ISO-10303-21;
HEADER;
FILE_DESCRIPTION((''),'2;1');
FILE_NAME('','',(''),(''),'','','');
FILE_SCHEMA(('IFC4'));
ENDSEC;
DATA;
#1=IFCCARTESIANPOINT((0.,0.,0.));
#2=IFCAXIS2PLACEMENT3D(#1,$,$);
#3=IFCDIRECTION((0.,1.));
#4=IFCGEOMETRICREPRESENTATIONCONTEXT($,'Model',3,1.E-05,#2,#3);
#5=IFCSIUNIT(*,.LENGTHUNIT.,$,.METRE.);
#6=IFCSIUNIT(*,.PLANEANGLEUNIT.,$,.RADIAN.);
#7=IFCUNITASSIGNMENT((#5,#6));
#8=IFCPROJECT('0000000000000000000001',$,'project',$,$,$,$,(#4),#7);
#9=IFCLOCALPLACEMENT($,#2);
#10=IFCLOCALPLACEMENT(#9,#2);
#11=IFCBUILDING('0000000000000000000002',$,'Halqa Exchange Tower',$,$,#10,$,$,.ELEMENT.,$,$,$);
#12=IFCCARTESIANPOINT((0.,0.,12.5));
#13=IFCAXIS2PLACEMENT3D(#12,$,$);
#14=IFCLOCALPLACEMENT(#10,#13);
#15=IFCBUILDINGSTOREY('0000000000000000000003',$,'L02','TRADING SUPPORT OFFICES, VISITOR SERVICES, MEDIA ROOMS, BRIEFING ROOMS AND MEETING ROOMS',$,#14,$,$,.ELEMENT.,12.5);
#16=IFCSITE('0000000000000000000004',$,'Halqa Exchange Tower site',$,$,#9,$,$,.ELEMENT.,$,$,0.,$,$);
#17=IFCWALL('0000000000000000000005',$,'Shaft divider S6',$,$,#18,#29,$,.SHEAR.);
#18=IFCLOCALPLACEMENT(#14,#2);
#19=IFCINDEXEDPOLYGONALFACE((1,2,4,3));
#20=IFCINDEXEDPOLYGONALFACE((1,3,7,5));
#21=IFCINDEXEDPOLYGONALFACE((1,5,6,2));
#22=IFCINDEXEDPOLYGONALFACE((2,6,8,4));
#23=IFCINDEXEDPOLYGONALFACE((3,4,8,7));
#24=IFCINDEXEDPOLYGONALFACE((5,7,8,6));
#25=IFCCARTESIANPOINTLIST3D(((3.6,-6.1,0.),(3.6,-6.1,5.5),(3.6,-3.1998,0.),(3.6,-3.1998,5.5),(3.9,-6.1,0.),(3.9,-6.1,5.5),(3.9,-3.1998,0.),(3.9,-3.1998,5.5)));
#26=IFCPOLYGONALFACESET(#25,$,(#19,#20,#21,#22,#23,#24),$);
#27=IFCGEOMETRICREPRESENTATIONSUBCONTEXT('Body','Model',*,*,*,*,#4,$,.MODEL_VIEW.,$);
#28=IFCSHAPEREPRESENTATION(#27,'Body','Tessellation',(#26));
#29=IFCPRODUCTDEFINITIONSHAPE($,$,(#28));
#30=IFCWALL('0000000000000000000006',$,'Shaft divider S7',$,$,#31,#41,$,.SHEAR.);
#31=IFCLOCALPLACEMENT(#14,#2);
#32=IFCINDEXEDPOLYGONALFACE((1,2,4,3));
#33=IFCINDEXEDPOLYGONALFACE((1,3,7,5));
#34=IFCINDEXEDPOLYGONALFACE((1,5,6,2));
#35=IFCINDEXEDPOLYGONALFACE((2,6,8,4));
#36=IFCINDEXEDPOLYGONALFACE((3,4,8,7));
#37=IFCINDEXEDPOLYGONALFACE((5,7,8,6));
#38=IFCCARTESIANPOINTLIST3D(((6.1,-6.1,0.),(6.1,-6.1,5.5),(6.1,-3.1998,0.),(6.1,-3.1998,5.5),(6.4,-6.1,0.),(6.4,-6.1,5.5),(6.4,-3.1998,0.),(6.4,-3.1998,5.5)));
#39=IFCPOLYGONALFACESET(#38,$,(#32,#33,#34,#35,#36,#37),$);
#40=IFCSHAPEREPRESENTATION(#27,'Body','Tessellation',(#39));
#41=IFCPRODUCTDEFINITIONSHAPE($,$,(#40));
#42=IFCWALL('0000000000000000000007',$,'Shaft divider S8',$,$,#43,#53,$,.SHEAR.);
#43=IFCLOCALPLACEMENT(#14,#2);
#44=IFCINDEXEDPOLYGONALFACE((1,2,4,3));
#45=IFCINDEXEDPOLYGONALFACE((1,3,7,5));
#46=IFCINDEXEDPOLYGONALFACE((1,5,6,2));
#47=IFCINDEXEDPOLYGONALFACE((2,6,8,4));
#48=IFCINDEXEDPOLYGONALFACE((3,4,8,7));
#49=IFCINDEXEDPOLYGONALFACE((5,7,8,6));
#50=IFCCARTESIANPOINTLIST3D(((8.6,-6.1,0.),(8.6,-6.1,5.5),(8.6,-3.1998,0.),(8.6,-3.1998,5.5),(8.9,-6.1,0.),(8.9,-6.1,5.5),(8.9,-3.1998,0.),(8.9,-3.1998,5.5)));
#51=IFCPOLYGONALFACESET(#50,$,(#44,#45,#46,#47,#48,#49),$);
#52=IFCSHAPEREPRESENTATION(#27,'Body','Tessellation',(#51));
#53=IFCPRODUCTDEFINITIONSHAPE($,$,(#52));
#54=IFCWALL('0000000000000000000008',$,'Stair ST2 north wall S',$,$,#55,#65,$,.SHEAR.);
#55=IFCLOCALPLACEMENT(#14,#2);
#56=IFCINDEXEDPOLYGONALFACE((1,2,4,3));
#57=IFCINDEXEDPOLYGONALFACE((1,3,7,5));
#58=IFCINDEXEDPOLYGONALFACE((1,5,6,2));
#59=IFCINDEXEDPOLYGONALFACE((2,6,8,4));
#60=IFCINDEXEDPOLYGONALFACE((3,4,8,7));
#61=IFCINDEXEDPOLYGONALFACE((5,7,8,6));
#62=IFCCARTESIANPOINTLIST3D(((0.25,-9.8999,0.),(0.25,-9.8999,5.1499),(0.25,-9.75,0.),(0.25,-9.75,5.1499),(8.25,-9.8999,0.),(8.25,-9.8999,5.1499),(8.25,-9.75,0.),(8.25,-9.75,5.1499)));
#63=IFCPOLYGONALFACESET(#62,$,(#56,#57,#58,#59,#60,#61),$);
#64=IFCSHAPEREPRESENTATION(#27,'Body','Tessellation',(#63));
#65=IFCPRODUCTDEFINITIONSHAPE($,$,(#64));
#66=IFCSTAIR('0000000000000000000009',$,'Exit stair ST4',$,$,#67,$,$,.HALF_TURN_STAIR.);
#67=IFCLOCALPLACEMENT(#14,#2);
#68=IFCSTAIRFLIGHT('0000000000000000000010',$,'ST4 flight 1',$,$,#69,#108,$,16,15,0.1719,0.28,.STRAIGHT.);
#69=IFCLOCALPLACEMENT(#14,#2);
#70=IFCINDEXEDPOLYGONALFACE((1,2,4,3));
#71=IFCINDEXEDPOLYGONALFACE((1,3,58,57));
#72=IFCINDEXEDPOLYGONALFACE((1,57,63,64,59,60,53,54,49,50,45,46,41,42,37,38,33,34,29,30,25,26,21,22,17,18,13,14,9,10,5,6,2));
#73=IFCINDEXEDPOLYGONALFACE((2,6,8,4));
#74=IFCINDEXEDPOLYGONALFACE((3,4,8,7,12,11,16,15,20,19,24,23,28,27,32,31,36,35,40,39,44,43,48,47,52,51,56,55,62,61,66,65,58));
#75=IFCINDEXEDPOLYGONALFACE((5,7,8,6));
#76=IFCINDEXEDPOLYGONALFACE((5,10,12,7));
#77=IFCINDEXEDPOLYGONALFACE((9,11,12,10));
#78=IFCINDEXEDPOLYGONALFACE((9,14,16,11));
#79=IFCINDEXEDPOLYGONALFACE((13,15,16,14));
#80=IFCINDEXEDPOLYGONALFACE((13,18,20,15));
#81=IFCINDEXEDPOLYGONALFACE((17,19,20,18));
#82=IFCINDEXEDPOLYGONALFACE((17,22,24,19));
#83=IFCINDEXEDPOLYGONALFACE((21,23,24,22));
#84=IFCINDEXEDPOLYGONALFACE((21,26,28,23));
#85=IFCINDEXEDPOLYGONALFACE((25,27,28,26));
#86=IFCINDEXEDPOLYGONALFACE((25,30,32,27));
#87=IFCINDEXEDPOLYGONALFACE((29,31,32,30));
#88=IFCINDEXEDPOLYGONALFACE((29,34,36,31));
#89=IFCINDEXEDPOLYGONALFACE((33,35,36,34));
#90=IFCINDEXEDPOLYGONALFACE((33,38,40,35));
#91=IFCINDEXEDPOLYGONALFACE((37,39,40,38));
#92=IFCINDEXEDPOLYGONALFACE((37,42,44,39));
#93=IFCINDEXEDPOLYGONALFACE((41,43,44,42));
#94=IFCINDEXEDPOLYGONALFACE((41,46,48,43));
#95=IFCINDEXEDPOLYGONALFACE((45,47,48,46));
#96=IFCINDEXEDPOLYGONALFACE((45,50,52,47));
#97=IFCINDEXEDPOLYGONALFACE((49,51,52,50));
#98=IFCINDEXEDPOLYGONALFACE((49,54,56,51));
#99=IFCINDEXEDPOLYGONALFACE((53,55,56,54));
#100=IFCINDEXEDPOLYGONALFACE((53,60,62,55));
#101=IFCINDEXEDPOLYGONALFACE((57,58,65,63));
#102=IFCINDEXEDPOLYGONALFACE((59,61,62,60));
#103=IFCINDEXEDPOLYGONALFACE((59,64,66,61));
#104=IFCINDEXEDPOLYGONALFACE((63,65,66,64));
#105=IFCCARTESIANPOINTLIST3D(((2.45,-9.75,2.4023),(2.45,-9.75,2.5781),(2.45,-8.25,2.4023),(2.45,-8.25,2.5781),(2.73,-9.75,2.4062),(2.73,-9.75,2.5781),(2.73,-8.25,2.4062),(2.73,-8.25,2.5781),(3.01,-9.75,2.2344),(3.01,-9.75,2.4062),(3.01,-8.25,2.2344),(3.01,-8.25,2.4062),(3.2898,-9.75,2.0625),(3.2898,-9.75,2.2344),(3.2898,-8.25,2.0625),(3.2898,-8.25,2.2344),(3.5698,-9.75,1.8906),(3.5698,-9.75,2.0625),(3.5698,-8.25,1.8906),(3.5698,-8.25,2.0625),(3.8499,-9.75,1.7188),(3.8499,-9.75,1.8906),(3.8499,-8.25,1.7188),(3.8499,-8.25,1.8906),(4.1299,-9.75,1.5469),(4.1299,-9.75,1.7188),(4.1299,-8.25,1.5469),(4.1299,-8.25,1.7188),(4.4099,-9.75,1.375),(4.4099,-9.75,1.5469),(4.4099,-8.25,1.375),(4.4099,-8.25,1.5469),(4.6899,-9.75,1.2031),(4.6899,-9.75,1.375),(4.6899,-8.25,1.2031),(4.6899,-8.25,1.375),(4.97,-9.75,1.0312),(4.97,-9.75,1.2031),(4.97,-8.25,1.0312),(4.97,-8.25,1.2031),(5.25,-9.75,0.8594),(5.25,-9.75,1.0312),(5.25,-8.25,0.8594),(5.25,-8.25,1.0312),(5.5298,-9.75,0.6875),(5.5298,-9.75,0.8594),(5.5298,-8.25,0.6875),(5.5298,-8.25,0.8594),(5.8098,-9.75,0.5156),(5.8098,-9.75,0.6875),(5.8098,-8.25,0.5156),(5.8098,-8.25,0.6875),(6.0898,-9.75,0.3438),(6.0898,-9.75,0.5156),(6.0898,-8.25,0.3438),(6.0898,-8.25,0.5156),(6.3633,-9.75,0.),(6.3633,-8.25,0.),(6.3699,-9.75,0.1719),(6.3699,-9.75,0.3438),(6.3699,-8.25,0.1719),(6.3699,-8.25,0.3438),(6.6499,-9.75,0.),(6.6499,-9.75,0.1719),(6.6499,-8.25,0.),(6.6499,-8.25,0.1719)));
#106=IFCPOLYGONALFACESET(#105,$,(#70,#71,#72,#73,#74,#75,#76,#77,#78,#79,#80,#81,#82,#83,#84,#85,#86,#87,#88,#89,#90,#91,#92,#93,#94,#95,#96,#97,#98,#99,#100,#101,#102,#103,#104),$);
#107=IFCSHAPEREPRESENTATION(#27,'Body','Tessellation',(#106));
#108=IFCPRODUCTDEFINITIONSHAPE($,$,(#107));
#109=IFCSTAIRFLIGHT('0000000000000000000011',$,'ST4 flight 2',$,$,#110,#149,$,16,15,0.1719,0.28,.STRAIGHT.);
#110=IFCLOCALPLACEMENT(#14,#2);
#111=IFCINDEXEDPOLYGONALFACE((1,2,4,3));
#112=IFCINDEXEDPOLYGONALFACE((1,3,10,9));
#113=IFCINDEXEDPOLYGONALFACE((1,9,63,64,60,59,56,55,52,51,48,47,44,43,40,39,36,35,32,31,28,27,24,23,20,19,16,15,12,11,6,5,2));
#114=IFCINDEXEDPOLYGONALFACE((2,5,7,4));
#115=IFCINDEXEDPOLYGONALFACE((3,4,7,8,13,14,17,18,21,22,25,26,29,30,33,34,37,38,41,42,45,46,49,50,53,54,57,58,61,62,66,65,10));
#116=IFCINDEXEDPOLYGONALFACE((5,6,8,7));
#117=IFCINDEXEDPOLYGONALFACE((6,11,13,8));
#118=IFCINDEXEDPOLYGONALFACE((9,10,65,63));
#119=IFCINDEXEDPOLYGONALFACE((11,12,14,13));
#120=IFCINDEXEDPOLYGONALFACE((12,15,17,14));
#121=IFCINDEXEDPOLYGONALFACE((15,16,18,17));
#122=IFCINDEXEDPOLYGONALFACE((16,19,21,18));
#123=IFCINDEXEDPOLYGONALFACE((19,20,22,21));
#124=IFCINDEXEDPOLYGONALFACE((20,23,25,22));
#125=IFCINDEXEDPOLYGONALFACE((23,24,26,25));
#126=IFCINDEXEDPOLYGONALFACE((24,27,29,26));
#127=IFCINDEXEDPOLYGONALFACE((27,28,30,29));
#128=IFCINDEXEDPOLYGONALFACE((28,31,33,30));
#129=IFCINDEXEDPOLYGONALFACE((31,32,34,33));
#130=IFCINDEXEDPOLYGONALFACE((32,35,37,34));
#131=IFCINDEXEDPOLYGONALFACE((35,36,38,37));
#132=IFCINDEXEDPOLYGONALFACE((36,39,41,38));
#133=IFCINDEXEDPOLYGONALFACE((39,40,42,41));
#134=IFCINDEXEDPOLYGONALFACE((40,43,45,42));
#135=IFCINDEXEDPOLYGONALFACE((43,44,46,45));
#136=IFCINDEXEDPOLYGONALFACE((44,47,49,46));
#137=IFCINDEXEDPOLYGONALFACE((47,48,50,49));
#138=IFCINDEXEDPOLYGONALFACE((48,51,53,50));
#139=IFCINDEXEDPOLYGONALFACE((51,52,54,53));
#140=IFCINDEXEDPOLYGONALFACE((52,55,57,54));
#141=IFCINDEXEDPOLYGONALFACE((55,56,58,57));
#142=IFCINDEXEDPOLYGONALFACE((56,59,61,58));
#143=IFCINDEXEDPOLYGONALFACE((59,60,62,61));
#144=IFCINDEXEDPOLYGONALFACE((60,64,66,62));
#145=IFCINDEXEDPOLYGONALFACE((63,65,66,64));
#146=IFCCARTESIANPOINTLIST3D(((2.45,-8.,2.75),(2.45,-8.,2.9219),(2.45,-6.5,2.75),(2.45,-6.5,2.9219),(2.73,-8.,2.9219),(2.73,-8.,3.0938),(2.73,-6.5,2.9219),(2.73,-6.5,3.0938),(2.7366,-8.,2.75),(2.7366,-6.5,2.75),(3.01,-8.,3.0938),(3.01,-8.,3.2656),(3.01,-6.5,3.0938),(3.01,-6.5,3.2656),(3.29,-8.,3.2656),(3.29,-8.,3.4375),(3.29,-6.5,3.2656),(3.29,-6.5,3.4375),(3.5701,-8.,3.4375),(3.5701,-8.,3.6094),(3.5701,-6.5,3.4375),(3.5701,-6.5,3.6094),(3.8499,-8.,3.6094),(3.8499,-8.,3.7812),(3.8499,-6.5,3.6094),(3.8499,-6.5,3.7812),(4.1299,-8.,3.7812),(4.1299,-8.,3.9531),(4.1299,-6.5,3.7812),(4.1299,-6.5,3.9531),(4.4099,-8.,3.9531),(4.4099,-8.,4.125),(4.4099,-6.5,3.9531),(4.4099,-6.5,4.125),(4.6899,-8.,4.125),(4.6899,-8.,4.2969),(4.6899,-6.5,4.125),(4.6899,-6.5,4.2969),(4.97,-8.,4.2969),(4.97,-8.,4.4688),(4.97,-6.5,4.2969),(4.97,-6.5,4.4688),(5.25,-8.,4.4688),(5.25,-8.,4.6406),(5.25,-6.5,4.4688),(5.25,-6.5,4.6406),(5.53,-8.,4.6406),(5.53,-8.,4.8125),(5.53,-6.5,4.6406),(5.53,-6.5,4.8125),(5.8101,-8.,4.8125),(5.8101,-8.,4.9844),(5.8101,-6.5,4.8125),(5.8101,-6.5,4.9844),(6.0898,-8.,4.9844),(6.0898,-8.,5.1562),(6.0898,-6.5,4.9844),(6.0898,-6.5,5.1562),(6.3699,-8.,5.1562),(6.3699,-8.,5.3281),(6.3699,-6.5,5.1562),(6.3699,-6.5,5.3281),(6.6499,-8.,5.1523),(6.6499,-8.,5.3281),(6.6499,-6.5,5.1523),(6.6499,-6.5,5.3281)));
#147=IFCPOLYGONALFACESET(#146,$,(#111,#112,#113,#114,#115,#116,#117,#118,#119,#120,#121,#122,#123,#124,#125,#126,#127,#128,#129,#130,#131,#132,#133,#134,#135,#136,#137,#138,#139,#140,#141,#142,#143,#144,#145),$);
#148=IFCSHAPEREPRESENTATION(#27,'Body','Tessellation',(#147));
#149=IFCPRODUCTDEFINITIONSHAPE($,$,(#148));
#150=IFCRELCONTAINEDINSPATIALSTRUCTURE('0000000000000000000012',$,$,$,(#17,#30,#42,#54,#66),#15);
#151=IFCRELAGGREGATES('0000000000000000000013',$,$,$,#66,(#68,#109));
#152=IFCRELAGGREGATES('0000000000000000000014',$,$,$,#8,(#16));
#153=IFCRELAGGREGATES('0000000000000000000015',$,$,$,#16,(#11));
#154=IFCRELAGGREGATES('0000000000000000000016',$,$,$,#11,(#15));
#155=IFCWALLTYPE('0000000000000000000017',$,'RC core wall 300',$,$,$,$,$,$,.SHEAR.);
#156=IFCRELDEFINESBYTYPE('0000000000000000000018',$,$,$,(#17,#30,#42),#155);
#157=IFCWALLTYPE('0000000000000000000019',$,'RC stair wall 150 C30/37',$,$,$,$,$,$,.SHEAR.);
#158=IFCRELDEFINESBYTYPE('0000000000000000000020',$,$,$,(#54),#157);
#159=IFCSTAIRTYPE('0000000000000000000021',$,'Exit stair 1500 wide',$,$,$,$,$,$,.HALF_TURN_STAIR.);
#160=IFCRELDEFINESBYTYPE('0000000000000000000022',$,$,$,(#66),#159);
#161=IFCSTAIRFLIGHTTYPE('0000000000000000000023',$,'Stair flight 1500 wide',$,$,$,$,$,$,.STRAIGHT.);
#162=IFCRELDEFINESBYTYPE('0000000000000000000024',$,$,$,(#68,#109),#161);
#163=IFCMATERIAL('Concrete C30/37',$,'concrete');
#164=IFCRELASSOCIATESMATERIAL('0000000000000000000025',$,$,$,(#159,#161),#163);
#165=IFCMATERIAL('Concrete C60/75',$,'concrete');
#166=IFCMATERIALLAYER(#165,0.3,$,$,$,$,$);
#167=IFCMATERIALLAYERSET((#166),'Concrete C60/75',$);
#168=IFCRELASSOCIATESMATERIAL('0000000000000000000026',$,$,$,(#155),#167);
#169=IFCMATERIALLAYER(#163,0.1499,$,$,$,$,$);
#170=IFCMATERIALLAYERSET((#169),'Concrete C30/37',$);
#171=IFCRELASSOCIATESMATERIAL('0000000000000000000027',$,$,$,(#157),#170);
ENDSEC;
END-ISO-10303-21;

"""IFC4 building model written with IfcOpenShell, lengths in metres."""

from ifc_helpers import new_model, si_unit, direction, frame, frame_2d, origin, place, context, subcontext, project, spatial, polyline, rectangle, outline, extrude, material, layer, layer_set, type_object, element, aggregate, save


model = new_model("IFC4")

# Units and contexts
model_context = context("Model", 3, precision=1e-05, world=origin(), true_north=direction((0.0, 1.0)))
body_context = subcontext(model_context, "Body", "Model", "MODEL_VIEW")
ifc_project = project(units=[si_unit("LENGTHUNIT", "METRE"), si_unit("PLANEANGLEUNIT", "RADIAN")], contexts=[model_context])

# Site, building, storey
site_placement = place(None, origin())
site = spatial("IfcSite", under=ifc_project, at=site_placement, Name="Halqa Exchange Tower site", CompositionType="ELEMENT", RefElevation=0.0)
building_placement = place(site_placement, origin())
building = spatial("IfcBuilding", under=site, at=building_placement, Name="Halqa Exchange Tower", CompositionType="ELEMENT")
storey_placement = place(building_placement, frame((0.0, 0.0, 12.5)))
storey = spatial("IfcBuildingStorey", under=building, at=storey_placement, Name="L02", Description="TRADING SUPPORT OFFICES, VISITOR SERVICES, MEDIA ROOMS, BRIEFING ROOMS AND MEETING ROOMS", CompositionType="ELEMENT", Elevation=12.5)

# Shared definitions
ifc_material_1 = material(Name="Concrete C60/75", Category="concrete")

# Shared definitions
ifc_material_2 = material(Name="Concrete C30/37", Category="concrete")
stair_type = type_object("IfcStairType", Name="Exit stair 1500 wide", PredefinedType="HALF_TURN_STAIR", material=ifc_material_2)

# Walls
ifc_layer_1 = layer(ifc_material_1, 0.3)
ifc_layer_set_1 = layer_set([ifc_layer_1], Name="Concrete C60/75")
wall_type_1 = type_object("IfcWallType", Name="RC core wall 300", PredefinedType="SHEAR", material=ifc_layer_set_1)
for number, where, z_axis, x_axis, name in (
    (1, (3.75, -6.1001, 0.0), (0.0, 0.0, 1.0), (0.0, 1.0, 0.0), "Shaft divider S6"),
    (2, (6.25, -6.1001, 0.0), (0.0, 0.0, 1.0), (0.0, 1.0, 0.0), "Shaft divider S7"),
    (3, (8.75, -6.1001, 0.0), (0.0, 0.0, 1.0), (0.0, 1.0, 0.0), "Shaft divider S8"),
):
    element("IfcWall", number, at=place(storey_placement, frame(where, z_axis=z_axis, x_axis=x_axis)), inside=storey, type_object=wall_type_1, Name=name, PredefinedType="SHEAR", context=body_context, shape_type="SweptSolid", body=[
        extrude(rectangle(XDim=2.9001, YDim=0.3, at=frame_2d((1.4502, 0.0))), origin(), (0.0, 0.0, 1.0), 5.5),
    ])
ifc_layer_2 = layer(ifc_material_2, 0.1499)
ifc_layer_set_2 = layer_set([ifc_layer_2], Name="Concrete C30/37")
wall_type_2 = type_object("IfcWallType", Name="RC stair wall 150 C30/37", PredefinedType="SHEAR", material=ifc_layer_set_2)
wall_1_placement = place(storey_placement, frame((0.25, -9.825, 0.0), z_axis=(0.0, 0.0, 1.0), x_axis=(1.0, 0.0, 0.0)))
element("IfcWall", 4, at=wall_1_placement, inside=storey, type_object=wall_type_2, Name="Stair ST2 north wall S", PredefinedType="SHEAR", context=body_context, shape_type="SweptSolid", body=[
    extrude(rectangle(XDim=8.0, YDim=0.1499, at=frame_2d((4.0, 0.0))), origin(), (0.0, 0.0, 1.0), 5.1499),
])

# Stair, stair flights
stair_1_placement = place(storey_placement, origin())
stair_1 = element("IfcStair", 5, at=stair_1_placement, inside=storey, type_object=stair_type, Name="Exit stair ST4", PredefinedType="HALF_TURN_STAIR")
stair_flight_type = type_object("IfcStairFlightType", Name="Stair flight 1500 wide", PredefinedType="STRAIGHT", material=ifc_material_2)
stair_flight_1_placement = place(storey_placement, frame((6.6499, -9.0, 0.0), z_axis=(0.0, 0.0, 1.0), x_axis=(-1.0, 0.0, 0.0)))
stair_flight_1 = element("IfcStairFlight", 6, at=stair_flight_1_placement, type_object=stair_flight_type, Name="ST4 flight 1", NumberOfRisers=16, NumberOfTreads=15, PredefinedType="STRAIGHT", RiserHeight=0.1719, TreadLength=0.28, context=body_context, shape_type="SweptSolid", body=[
    extrude(outline(polyline([(0.0, 0.0), (0.0, 0.1719), (0.28, 0.1719), (0.28, 0.3438), (0.5601, 0.3438), (0.5601, 0.5156), (0.8401, 0.5156), (0.8401, 0.6875), (1.1201, 0.6875), (1.1201, 0.8594), (1.3999, 0.8594), (1.3999, 1.0312), (1.6799, 1.0312), (1.6799, 1.2031), (1.96, 1.2031), (1.96, 1.375), (2.24, 1.375), (2.24, 1.5469), (2.52, 1.5469), (2.52, 1.7188), (2.8, 1.7188), (2.8, 1.8906), (3.0801, 1.8906), (3.0801, 2.0625), (3.3601, 2.0625), (3.3601, 2.2344), (3.6399, 2.2344), (3.6399, 2.4062), (3.9199, 2.4062), (3.9199, 2.5781), (4.2, 2.5781), (4.2, 2.75), (4.2, 2.4023), (0.2866, 0.0), (0.0, 0.0)])), frame((0.0, 0.75, 0.0), z_axis=(0.0, -1.0, 0.0), x_axis=(1.0, 0.0, 0.0)), (0.0, 0.0, 1.0), 1.5),
])
stair_flight_2_placement = place(storey_placement, frame((2.45, -7.25, 2.75), z_axis=(0.0, 0.0, 1.0), x_axis=(1.0, 0.0, 0.0)))
stair_flight_2 = element("IfcStairFlight", 7, at=stair_flight_2_placement, type_object=stair_flight_type, Name="ST4 flight 2", NumberOfRisers=16, NumberOfTreads=15, PredefinedType="STRAIGHT", RiserHeight=0.1719, TreadLength=0.28, context=body_context, shape_type="SweptSolid", body=[
    extrude(outline(polyline([(0.0, 0.0), (0.0, 0.1719), (0.28, 0.1719), (0.28, 0.3438), (0.5601, 0.3438), (0.5601, 0.5156), (0.8401, 0.5156), (0.8401, 0.6875), (1.1201, 0.6875), (1.1201, 0.8594), (1.3999, 0.8594), (1.3999, 1.0312), (1.6799, 1.0312), (1.6799, 1.2031), (1.96, 1.2031), (1.96, 1.375), (2.24, 1.375), (2.24, 1.5469), (2.52, 1.5469), (2.52, 1.7188), (2.8, 1.7188), (2.8, 1.8906), (3.0801, 1.8906), (3.0801, 2.0625), (3.3601, 2.0625), (3.3601, 2.2344), (3.6399, 2.2344), (3.6399, 2.4062), (3.9199, 2.4062), (3.9199, 2.5781), (4.2, 2.5781), (4.2, 2.75), (4.2, 2.4023), (0.2866, 0.0), (0.0, 0.0)])), frame((0.0, 0.75, 0.0), z_axis=(0.0, -1.0, 0.0), x_axis=(1.0, 0.0, 0.0)), (0.0, 0.0, 1.0), 1.5),
])
aggregate(stair_1, [stair_flight_1, stair_flight_2])

save(model, "model.ifc")
